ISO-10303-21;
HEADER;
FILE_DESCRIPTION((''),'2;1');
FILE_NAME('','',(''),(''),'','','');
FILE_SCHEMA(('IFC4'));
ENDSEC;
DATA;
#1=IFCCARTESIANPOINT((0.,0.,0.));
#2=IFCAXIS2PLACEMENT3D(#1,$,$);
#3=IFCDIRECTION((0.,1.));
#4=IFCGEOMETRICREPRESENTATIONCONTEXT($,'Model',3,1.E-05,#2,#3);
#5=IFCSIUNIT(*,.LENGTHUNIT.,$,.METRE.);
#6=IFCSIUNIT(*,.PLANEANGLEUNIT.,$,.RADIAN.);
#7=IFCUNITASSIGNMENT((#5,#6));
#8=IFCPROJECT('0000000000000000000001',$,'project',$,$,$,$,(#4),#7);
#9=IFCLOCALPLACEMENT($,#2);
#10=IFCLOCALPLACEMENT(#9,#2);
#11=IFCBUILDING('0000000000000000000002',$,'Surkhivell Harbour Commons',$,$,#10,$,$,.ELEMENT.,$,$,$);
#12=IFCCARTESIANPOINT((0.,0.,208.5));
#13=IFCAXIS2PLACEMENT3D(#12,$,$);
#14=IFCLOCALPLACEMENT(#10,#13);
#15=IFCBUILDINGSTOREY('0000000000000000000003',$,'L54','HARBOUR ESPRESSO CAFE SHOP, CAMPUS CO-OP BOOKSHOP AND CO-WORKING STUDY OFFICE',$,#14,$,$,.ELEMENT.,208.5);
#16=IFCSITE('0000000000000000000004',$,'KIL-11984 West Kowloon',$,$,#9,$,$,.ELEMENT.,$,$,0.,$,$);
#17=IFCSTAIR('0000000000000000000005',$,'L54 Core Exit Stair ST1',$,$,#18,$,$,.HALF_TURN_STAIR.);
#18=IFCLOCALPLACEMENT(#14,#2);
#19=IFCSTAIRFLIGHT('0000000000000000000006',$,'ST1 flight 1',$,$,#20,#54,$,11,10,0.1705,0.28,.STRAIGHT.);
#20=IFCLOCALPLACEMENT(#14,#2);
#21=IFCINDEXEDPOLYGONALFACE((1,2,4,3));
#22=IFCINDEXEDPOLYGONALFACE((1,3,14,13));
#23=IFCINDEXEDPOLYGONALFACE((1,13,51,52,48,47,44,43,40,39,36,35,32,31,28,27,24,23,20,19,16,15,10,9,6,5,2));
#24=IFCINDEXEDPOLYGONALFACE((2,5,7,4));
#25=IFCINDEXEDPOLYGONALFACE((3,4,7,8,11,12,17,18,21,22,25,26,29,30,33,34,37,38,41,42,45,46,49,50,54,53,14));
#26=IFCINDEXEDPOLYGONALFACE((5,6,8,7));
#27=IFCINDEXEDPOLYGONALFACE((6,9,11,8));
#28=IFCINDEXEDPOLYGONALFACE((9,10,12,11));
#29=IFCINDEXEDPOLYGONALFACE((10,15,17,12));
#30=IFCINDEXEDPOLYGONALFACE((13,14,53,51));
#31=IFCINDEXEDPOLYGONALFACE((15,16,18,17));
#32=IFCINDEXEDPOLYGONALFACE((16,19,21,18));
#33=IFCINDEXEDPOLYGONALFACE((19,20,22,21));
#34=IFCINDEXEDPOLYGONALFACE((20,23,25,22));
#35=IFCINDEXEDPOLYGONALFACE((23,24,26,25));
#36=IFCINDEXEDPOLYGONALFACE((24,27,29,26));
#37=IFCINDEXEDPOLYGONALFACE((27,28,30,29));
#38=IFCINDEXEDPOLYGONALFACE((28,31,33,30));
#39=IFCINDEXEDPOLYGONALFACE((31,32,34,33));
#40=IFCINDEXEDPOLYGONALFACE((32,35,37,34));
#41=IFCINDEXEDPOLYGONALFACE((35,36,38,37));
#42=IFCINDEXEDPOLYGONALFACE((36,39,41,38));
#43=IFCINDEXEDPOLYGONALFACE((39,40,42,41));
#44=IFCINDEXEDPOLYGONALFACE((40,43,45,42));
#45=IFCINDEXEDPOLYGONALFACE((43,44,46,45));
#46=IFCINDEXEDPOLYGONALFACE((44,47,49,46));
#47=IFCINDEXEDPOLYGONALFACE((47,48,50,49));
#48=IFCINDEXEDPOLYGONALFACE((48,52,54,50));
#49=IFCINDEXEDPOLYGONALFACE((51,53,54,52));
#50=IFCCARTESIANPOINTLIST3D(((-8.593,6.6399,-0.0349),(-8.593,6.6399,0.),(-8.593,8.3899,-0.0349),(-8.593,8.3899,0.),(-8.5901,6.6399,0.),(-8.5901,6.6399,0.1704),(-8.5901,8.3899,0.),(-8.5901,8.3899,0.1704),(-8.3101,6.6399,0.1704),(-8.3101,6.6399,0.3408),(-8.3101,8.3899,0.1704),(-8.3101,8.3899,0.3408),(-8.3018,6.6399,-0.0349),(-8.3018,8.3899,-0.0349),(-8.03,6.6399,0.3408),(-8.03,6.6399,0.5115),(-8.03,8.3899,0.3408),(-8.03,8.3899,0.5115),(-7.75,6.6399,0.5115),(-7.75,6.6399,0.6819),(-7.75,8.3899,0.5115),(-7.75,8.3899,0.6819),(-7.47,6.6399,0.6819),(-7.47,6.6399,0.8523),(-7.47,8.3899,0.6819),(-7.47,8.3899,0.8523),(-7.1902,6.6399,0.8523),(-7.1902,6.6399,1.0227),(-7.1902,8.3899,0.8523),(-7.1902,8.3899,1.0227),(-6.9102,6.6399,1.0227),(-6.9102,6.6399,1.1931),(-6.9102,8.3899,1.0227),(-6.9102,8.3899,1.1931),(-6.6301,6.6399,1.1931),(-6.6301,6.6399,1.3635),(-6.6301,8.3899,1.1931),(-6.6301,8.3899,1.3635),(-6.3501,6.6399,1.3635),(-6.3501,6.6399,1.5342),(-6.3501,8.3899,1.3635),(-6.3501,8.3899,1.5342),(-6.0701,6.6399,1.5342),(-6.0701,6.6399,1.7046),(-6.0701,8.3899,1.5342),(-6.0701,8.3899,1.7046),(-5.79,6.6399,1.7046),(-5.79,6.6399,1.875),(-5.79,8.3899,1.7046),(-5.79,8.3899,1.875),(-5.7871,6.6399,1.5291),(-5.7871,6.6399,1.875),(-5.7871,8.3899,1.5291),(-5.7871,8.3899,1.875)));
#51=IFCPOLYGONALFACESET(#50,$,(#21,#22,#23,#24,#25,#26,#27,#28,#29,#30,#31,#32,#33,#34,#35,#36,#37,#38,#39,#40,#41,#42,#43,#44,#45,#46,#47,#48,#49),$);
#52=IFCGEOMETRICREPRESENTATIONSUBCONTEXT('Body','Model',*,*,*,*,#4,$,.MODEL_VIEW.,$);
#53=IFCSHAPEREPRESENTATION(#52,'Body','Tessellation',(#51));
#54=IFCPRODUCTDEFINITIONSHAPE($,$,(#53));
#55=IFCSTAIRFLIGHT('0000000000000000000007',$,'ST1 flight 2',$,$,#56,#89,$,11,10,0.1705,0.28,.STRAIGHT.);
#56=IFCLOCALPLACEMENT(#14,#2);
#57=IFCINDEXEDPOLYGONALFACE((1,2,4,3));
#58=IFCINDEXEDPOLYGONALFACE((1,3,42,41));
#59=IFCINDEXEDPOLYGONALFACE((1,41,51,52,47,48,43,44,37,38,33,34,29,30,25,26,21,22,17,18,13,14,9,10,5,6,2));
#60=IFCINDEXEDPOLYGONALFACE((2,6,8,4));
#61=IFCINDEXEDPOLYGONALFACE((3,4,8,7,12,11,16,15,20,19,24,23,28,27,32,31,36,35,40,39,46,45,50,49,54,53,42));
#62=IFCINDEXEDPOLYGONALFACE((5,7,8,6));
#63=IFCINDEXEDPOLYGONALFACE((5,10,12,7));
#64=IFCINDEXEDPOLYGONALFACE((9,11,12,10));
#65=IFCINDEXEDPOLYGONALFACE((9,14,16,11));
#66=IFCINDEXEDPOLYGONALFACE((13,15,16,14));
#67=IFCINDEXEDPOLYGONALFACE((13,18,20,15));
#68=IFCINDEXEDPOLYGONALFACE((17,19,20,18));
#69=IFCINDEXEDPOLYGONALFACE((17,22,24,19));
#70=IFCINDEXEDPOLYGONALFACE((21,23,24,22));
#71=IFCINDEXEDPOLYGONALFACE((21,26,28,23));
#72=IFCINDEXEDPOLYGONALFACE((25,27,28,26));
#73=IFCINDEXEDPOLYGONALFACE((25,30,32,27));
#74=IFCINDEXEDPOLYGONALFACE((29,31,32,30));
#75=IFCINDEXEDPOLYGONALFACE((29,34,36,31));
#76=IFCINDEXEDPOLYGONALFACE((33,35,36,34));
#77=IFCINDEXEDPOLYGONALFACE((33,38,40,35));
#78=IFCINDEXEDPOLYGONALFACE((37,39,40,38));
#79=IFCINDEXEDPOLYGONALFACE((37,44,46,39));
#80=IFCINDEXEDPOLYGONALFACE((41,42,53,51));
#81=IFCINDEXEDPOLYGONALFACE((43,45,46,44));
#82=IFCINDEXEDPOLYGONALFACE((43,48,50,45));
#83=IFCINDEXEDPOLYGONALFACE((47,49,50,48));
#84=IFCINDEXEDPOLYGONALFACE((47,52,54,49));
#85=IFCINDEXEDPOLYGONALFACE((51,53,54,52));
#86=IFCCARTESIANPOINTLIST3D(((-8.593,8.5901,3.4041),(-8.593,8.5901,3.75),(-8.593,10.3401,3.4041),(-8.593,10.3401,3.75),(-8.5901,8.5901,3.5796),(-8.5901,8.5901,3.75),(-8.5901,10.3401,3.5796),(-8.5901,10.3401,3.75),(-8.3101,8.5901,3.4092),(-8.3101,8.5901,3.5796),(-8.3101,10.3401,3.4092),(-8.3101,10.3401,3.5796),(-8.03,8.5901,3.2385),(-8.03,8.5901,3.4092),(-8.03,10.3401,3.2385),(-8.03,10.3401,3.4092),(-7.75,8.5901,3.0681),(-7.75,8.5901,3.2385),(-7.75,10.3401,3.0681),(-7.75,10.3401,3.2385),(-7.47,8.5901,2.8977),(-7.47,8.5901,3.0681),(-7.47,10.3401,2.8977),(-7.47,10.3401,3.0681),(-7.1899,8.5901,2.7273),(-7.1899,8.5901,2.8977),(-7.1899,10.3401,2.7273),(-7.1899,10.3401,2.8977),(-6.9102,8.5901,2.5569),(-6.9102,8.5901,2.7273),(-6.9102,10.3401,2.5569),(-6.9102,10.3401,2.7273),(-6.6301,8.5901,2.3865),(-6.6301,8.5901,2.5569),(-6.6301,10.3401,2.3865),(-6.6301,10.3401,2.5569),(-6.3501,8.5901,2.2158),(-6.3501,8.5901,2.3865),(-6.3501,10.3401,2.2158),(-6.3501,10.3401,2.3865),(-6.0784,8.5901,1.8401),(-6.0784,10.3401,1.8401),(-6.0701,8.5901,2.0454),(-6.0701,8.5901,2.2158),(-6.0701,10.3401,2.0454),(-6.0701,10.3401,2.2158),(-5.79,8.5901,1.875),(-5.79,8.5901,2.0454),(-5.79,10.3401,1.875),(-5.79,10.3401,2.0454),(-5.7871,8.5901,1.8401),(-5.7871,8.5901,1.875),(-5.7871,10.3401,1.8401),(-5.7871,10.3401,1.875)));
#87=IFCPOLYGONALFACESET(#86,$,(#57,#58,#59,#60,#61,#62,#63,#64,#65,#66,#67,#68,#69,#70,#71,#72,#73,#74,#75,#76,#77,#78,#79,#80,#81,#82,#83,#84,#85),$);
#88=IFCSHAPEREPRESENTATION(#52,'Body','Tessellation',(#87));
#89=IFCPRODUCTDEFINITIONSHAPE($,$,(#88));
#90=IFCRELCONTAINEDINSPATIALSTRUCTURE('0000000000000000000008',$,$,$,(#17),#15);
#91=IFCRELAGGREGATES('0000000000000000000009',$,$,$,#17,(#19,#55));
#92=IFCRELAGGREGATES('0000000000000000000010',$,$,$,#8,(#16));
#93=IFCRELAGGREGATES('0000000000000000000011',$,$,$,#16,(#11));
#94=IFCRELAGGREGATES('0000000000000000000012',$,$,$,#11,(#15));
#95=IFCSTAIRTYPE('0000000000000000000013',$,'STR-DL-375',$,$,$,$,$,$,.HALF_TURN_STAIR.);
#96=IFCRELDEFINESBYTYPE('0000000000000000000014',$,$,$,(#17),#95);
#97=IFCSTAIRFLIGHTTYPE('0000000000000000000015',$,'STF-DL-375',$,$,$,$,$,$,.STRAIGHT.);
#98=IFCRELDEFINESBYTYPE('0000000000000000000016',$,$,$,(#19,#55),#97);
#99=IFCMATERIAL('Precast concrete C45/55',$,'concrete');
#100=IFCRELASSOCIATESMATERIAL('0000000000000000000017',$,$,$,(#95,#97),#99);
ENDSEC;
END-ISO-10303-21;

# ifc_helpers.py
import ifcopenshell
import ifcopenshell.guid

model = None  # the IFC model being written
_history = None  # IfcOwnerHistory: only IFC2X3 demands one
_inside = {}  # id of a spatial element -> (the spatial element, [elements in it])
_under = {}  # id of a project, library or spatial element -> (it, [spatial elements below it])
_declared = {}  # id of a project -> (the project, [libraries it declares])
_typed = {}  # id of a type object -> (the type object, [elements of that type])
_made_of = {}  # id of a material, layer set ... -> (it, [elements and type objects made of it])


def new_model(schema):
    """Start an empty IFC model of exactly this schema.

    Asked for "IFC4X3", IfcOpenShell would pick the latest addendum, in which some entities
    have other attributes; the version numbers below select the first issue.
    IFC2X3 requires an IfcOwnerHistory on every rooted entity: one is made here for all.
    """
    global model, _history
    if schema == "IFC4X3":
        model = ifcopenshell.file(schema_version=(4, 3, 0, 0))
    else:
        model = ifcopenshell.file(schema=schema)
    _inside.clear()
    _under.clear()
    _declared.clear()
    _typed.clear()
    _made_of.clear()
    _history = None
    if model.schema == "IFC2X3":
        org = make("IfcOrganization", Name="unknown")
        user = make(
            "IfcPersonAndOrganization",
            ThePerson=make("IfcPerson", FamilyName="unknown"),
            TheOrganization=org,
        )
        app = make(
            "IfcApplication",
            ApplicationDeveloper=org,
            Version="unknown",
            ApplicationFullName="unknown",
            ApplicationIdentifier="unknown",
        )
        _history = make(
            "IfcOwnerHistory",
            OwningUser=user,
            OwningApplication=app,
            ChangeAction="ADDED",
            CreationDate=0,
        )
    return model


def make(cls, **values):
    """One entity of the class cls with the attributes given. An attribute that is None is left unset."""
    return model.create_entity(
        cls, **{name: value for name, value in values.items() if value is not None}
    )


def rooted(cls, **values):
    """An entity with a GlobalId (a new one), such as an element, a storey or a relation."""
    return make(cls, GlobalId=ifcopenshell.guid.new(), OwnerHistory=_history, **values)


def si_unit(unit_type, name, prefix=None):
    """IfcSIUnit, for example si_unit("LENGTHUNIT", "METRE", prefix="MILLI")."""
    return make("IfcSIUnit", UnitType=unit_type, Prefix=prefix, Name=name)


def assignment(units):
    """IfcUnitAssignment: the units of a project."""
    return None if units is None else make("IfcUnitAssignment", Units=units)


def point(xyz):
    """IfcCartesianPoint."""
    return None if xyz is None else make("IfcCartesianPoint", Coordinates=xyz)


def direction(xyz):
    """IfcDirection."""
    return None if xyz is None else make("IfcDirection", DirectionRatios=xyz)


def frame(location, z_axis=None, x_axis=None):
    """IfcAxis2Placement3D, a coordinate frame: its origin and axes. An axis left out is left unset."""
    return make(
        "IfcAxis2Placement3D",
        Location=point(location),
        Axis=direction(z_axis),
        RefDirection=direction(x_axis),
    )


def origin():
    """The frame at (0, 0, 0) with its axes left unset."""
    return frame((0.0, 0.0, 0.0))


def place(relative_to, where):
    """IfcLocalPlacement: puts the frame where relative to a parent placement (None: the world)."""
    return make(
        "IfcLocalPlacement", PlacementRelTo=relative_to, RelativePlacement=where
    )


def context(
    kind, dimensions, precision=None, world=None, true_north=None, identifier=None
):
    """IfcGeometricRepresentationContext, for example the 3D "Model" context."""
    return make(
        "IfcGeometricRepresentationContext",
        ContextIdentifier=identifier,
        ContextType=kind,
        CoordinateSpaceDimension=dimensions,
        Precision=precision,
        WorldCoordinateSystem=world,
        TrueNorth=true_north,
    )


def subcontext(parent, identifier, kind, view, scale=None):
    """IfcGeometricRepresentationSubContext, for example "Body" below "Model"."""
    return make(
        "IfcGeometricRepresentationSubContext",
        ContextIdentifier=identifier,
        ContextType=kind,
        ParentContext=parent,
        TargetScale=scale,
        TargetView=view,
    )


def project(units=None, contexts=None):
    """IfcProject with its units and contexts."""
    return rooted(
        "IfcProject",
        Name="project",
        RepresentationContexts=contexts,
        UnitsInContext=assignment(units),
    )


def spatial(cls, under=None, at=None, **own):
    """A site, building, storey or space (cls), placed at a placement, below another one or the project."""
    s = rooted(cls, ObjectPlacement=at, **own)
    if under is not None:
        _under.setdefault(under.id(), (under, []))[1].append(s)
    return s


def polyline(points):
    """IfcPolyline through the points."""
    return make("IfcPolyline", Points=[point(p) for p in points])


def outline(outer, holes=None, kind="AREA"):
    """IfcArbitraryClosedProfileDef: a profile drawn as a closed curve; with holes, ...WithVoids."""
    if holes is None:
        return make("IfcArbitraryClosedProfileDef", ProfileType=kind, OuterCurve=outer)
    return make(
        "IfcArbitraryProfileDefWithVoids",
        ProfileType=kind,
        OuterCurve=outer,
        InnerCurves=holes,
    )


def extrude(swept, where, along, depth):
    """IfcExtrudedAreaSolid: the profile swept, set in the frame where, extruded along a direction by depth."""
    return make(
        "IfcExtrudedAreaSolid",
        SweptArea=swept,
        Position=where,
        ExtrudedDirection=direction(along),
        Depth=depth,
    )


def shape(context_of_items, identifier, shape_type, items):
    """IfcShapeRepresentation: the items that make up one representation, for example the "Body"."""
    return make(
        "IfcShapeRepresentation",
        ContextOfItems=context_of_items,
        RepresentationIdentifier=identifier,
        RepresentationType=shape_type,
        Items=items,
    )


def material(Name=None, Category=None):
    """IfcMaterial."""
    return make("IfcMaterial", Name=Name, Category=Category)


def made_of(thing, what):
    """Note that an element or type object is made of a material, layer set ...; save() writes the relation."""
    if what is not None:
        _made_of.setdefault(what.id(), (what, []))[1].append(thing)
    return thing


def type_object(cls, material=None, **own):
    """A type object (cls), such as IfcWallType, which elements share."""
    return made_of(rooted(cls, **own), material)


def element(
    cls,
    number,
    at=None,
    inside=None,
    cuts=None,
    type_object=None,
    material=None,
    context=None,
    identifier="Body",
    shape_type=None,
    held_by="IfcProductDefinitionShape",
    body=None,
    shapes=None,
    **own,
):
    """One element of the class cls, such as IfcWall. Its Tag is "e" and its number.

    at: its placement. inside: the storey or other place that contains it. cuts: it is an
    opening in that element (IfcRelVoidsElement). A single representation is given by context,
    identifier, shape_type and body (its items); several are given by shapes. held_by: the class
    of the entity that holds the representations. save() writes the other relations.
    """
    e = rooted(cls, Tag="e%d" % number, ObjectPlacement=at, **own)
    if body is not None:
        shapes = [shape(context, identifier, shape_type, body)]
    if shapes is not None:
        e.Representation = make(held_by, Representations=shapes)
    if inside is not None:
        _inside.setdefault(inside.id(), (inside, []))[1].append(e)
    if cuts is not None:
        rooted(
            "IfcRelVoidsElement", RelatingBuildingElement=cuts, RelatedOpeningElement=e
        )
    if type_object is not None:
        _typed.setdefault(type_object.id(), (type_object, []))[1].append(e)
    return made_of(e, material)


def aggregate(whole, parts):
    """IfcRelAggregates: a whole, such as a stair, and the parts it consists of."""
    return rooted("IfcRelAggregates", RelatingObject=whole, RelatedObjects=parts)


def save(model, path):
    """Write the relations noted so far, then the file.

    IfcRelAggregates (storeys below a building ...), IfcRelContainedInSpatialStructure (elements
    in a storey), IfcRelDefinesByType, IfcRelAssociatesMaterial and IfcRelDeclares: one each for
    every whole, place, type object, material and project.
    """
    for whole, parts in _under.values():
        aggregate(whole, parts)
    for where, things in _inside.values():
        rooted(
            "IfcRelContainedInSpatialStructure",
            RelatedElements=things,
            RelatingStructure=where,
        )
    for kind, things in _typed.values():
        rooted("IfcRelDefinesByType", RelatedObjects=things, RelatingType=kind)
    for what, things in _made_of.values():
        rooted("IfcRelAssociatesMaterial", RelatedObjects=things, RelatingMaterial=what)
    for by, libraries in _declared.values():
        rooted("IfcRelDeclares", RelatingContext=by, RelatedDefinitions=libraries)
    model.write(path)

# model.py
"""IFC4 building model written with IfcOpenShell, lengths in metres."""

from ifc_helpers import new_model, si_unit, direction, frame, origin, place, context, subcontext, project, spatial, polyline, outline, extrude, material, type_object, element, aggregate, save


model = new_model("IFC4")

# Units and contexts
model_context = context("Model", 3, precision=1e-05, world=origin(), true_north=direction((0.0, 1.0)))
body_context = subcontext(model_context, "Body", "Model", "MODEL_VIEW")
ifc_project = project(units=[si_unit("LENGTHUNIT", "METRE"), si_unit("PLANEANGLEUNIT", "RADIAN")], contexts=[model_context])

# Site, building, storey
site_placement = place(None, origin())
site = spatial("IfcSite", under=ifc_project, at=site_placement, Name="KIL-11984 West Kowloon", CompositionType="ELEMENT", RefElevation=0.0)
building_placement = place(site_placement, origin())
building = spatial("IfcBuilding", under=site, at=building_placement, Name="Surkhivell Harbour Commons", CompositionType="ELEMENT")
storey_placement = place(building_placement, frame((0.0, 0.0, 208.5)))
storey = spatial("IfcBuildingStorey", under=building, at=storey_placement, Name="L54", Description="HARBOUR ESPRESSO CAFE SHOP, CAMPUS CO-OP BOOKSHOP AND CO-WORKING STUDY OFFICE", CompositionType="ELEMENT", Elevation=208.5)

# Stair, stair flights
ifc_material_1 = material(Name="Precast concrete C45/55", Category="concrete")
stair_type = type_object("IfcStairType", Name="STR-DL-375", PredefinedType="HALF_TURN_STAIR", material=ifc_material_1)
stair_placement = place(storey_placement, origin())
stair = element("IfcStair", 1, at=stair_placement, inside=storey, type_object=stair_type, Name="L54 Core Exit Stair ST1", PredefinedType="HALF_TURN_STAIR")
stair_flight_type = type_object("IfcStairFlightType", Name="STF-DL-375", PredefinedType="STRAIGHT", material=ifc_material_1)
stair_flight_1_placement = place(storey_placement, frame((-8.5901, 7.5149, 0.0), z_axis=(0.0, 0.0, 1.0), x_axis=(1.0, 0.0, 0.0)))
stair_flight_1 = element("IfcStairFlight", 2, at=stair_flight_1_placement, type_object=stair_flight_type, Name="ST1 flight 1", NumberOfRisers=11, NumberOfTreads=10, PredefinedType="STRAIGHT", RiserHeight=0.1705, TreadLength=0.28, context=body_context, shape_type="SweptSolid", body=[
    extrude(outline(polyline([(-0.0029, -0.0349), (-0.0029, 0.0), (0.0, 0.0), (0.0, 0.1704), (0.28, 0.1704), (0.28, 0.3408), (0.5601, 0.3408), (0.5601, 0.5115), (0.8401, 0.5115), (0.8401, 0.6819), (1.1201, 0.6819), (1.1201, 0.8523), (1.3999, 0.8523), (1.3999, 1.0227), (1.6799, 1.0227), (1.6799, 1.1931), (1.96, 1.1931), (1.96, 1.3635), (2.24, 1.3635), (2.24, 1.5342), (2.52, 1.5342), (2.52, 1.7046), (2.8, 1.7046), (2.8, 1.875), (2.803, 1.875), (2.803, 1.5291), (0.2883, -0.0349), (-0.0029, -0.0349)])), frame((0.0, 0.875, 0.0), z_axis=(0.0, -1.0, 0.0), x_axis=(1.0, 0.0, 0.0)), (0.0, 0.0, 1.0), 1.75),
])
stair_flight_2_placement = place(storey_placement, frame((-5.79, 9.4651, 1.875), z_axis=(0.0, 0.0, 1.0), x_axis=(-1.0, 0.0, 0.0)))
stair_flight_2 = element("IfcStairFlight", 3, at=stair_flight_2_placement, type_object=stair_flight_type, Name="ST1 flight 2", NumberOfRisers=11, NumberOfTreads=10, PredefinedType="STRAIGHT", RiserHeight=0.1705, TreadLength=0.28, context=body_context, shape_type="SweptSolid", body=[
    extrude(outline(polyline([(-0.0029, -0.0349), (-0.0029, 0.0), (0.0, 0.0), (0.0, 0.1704), (0.28, 0.1704), (0.28, 0.3408), (0.5601, 0.3408), (0.5601, 0.5115), (0.8401, 0.5115), (0.8401, 0.6819), (1.1201, 0.6819), (1.1201, 0.8523), (1.3999, 0.8523), (1.3999, 1.0227), (1.6799, 1.0227), (1.6799, 1.1931), (1.96, 1.1931), (1.96, 1.3635), (2.24, 1.3635), (2.24, 1.5342), (2.52, 1.5342), (2.52, 1.7046), (2.8, 1.7046), (2.8, 1.875), (2.803, 1.875), (2.803, 1.5291), (0.2883, -0.0349), (-0.0029, -0.0349)])), frame((0.0, 0.875, 0.0), z_axis=(0.0, -1.0, 0.0), x_axis=(1.0, 0.0, 0.0)), (0.0, 0.0, 1.0), 1.75),
])
aggregate(stair, [stair_flight_1, stair_flight_2])

save(model, "model.ifc")
